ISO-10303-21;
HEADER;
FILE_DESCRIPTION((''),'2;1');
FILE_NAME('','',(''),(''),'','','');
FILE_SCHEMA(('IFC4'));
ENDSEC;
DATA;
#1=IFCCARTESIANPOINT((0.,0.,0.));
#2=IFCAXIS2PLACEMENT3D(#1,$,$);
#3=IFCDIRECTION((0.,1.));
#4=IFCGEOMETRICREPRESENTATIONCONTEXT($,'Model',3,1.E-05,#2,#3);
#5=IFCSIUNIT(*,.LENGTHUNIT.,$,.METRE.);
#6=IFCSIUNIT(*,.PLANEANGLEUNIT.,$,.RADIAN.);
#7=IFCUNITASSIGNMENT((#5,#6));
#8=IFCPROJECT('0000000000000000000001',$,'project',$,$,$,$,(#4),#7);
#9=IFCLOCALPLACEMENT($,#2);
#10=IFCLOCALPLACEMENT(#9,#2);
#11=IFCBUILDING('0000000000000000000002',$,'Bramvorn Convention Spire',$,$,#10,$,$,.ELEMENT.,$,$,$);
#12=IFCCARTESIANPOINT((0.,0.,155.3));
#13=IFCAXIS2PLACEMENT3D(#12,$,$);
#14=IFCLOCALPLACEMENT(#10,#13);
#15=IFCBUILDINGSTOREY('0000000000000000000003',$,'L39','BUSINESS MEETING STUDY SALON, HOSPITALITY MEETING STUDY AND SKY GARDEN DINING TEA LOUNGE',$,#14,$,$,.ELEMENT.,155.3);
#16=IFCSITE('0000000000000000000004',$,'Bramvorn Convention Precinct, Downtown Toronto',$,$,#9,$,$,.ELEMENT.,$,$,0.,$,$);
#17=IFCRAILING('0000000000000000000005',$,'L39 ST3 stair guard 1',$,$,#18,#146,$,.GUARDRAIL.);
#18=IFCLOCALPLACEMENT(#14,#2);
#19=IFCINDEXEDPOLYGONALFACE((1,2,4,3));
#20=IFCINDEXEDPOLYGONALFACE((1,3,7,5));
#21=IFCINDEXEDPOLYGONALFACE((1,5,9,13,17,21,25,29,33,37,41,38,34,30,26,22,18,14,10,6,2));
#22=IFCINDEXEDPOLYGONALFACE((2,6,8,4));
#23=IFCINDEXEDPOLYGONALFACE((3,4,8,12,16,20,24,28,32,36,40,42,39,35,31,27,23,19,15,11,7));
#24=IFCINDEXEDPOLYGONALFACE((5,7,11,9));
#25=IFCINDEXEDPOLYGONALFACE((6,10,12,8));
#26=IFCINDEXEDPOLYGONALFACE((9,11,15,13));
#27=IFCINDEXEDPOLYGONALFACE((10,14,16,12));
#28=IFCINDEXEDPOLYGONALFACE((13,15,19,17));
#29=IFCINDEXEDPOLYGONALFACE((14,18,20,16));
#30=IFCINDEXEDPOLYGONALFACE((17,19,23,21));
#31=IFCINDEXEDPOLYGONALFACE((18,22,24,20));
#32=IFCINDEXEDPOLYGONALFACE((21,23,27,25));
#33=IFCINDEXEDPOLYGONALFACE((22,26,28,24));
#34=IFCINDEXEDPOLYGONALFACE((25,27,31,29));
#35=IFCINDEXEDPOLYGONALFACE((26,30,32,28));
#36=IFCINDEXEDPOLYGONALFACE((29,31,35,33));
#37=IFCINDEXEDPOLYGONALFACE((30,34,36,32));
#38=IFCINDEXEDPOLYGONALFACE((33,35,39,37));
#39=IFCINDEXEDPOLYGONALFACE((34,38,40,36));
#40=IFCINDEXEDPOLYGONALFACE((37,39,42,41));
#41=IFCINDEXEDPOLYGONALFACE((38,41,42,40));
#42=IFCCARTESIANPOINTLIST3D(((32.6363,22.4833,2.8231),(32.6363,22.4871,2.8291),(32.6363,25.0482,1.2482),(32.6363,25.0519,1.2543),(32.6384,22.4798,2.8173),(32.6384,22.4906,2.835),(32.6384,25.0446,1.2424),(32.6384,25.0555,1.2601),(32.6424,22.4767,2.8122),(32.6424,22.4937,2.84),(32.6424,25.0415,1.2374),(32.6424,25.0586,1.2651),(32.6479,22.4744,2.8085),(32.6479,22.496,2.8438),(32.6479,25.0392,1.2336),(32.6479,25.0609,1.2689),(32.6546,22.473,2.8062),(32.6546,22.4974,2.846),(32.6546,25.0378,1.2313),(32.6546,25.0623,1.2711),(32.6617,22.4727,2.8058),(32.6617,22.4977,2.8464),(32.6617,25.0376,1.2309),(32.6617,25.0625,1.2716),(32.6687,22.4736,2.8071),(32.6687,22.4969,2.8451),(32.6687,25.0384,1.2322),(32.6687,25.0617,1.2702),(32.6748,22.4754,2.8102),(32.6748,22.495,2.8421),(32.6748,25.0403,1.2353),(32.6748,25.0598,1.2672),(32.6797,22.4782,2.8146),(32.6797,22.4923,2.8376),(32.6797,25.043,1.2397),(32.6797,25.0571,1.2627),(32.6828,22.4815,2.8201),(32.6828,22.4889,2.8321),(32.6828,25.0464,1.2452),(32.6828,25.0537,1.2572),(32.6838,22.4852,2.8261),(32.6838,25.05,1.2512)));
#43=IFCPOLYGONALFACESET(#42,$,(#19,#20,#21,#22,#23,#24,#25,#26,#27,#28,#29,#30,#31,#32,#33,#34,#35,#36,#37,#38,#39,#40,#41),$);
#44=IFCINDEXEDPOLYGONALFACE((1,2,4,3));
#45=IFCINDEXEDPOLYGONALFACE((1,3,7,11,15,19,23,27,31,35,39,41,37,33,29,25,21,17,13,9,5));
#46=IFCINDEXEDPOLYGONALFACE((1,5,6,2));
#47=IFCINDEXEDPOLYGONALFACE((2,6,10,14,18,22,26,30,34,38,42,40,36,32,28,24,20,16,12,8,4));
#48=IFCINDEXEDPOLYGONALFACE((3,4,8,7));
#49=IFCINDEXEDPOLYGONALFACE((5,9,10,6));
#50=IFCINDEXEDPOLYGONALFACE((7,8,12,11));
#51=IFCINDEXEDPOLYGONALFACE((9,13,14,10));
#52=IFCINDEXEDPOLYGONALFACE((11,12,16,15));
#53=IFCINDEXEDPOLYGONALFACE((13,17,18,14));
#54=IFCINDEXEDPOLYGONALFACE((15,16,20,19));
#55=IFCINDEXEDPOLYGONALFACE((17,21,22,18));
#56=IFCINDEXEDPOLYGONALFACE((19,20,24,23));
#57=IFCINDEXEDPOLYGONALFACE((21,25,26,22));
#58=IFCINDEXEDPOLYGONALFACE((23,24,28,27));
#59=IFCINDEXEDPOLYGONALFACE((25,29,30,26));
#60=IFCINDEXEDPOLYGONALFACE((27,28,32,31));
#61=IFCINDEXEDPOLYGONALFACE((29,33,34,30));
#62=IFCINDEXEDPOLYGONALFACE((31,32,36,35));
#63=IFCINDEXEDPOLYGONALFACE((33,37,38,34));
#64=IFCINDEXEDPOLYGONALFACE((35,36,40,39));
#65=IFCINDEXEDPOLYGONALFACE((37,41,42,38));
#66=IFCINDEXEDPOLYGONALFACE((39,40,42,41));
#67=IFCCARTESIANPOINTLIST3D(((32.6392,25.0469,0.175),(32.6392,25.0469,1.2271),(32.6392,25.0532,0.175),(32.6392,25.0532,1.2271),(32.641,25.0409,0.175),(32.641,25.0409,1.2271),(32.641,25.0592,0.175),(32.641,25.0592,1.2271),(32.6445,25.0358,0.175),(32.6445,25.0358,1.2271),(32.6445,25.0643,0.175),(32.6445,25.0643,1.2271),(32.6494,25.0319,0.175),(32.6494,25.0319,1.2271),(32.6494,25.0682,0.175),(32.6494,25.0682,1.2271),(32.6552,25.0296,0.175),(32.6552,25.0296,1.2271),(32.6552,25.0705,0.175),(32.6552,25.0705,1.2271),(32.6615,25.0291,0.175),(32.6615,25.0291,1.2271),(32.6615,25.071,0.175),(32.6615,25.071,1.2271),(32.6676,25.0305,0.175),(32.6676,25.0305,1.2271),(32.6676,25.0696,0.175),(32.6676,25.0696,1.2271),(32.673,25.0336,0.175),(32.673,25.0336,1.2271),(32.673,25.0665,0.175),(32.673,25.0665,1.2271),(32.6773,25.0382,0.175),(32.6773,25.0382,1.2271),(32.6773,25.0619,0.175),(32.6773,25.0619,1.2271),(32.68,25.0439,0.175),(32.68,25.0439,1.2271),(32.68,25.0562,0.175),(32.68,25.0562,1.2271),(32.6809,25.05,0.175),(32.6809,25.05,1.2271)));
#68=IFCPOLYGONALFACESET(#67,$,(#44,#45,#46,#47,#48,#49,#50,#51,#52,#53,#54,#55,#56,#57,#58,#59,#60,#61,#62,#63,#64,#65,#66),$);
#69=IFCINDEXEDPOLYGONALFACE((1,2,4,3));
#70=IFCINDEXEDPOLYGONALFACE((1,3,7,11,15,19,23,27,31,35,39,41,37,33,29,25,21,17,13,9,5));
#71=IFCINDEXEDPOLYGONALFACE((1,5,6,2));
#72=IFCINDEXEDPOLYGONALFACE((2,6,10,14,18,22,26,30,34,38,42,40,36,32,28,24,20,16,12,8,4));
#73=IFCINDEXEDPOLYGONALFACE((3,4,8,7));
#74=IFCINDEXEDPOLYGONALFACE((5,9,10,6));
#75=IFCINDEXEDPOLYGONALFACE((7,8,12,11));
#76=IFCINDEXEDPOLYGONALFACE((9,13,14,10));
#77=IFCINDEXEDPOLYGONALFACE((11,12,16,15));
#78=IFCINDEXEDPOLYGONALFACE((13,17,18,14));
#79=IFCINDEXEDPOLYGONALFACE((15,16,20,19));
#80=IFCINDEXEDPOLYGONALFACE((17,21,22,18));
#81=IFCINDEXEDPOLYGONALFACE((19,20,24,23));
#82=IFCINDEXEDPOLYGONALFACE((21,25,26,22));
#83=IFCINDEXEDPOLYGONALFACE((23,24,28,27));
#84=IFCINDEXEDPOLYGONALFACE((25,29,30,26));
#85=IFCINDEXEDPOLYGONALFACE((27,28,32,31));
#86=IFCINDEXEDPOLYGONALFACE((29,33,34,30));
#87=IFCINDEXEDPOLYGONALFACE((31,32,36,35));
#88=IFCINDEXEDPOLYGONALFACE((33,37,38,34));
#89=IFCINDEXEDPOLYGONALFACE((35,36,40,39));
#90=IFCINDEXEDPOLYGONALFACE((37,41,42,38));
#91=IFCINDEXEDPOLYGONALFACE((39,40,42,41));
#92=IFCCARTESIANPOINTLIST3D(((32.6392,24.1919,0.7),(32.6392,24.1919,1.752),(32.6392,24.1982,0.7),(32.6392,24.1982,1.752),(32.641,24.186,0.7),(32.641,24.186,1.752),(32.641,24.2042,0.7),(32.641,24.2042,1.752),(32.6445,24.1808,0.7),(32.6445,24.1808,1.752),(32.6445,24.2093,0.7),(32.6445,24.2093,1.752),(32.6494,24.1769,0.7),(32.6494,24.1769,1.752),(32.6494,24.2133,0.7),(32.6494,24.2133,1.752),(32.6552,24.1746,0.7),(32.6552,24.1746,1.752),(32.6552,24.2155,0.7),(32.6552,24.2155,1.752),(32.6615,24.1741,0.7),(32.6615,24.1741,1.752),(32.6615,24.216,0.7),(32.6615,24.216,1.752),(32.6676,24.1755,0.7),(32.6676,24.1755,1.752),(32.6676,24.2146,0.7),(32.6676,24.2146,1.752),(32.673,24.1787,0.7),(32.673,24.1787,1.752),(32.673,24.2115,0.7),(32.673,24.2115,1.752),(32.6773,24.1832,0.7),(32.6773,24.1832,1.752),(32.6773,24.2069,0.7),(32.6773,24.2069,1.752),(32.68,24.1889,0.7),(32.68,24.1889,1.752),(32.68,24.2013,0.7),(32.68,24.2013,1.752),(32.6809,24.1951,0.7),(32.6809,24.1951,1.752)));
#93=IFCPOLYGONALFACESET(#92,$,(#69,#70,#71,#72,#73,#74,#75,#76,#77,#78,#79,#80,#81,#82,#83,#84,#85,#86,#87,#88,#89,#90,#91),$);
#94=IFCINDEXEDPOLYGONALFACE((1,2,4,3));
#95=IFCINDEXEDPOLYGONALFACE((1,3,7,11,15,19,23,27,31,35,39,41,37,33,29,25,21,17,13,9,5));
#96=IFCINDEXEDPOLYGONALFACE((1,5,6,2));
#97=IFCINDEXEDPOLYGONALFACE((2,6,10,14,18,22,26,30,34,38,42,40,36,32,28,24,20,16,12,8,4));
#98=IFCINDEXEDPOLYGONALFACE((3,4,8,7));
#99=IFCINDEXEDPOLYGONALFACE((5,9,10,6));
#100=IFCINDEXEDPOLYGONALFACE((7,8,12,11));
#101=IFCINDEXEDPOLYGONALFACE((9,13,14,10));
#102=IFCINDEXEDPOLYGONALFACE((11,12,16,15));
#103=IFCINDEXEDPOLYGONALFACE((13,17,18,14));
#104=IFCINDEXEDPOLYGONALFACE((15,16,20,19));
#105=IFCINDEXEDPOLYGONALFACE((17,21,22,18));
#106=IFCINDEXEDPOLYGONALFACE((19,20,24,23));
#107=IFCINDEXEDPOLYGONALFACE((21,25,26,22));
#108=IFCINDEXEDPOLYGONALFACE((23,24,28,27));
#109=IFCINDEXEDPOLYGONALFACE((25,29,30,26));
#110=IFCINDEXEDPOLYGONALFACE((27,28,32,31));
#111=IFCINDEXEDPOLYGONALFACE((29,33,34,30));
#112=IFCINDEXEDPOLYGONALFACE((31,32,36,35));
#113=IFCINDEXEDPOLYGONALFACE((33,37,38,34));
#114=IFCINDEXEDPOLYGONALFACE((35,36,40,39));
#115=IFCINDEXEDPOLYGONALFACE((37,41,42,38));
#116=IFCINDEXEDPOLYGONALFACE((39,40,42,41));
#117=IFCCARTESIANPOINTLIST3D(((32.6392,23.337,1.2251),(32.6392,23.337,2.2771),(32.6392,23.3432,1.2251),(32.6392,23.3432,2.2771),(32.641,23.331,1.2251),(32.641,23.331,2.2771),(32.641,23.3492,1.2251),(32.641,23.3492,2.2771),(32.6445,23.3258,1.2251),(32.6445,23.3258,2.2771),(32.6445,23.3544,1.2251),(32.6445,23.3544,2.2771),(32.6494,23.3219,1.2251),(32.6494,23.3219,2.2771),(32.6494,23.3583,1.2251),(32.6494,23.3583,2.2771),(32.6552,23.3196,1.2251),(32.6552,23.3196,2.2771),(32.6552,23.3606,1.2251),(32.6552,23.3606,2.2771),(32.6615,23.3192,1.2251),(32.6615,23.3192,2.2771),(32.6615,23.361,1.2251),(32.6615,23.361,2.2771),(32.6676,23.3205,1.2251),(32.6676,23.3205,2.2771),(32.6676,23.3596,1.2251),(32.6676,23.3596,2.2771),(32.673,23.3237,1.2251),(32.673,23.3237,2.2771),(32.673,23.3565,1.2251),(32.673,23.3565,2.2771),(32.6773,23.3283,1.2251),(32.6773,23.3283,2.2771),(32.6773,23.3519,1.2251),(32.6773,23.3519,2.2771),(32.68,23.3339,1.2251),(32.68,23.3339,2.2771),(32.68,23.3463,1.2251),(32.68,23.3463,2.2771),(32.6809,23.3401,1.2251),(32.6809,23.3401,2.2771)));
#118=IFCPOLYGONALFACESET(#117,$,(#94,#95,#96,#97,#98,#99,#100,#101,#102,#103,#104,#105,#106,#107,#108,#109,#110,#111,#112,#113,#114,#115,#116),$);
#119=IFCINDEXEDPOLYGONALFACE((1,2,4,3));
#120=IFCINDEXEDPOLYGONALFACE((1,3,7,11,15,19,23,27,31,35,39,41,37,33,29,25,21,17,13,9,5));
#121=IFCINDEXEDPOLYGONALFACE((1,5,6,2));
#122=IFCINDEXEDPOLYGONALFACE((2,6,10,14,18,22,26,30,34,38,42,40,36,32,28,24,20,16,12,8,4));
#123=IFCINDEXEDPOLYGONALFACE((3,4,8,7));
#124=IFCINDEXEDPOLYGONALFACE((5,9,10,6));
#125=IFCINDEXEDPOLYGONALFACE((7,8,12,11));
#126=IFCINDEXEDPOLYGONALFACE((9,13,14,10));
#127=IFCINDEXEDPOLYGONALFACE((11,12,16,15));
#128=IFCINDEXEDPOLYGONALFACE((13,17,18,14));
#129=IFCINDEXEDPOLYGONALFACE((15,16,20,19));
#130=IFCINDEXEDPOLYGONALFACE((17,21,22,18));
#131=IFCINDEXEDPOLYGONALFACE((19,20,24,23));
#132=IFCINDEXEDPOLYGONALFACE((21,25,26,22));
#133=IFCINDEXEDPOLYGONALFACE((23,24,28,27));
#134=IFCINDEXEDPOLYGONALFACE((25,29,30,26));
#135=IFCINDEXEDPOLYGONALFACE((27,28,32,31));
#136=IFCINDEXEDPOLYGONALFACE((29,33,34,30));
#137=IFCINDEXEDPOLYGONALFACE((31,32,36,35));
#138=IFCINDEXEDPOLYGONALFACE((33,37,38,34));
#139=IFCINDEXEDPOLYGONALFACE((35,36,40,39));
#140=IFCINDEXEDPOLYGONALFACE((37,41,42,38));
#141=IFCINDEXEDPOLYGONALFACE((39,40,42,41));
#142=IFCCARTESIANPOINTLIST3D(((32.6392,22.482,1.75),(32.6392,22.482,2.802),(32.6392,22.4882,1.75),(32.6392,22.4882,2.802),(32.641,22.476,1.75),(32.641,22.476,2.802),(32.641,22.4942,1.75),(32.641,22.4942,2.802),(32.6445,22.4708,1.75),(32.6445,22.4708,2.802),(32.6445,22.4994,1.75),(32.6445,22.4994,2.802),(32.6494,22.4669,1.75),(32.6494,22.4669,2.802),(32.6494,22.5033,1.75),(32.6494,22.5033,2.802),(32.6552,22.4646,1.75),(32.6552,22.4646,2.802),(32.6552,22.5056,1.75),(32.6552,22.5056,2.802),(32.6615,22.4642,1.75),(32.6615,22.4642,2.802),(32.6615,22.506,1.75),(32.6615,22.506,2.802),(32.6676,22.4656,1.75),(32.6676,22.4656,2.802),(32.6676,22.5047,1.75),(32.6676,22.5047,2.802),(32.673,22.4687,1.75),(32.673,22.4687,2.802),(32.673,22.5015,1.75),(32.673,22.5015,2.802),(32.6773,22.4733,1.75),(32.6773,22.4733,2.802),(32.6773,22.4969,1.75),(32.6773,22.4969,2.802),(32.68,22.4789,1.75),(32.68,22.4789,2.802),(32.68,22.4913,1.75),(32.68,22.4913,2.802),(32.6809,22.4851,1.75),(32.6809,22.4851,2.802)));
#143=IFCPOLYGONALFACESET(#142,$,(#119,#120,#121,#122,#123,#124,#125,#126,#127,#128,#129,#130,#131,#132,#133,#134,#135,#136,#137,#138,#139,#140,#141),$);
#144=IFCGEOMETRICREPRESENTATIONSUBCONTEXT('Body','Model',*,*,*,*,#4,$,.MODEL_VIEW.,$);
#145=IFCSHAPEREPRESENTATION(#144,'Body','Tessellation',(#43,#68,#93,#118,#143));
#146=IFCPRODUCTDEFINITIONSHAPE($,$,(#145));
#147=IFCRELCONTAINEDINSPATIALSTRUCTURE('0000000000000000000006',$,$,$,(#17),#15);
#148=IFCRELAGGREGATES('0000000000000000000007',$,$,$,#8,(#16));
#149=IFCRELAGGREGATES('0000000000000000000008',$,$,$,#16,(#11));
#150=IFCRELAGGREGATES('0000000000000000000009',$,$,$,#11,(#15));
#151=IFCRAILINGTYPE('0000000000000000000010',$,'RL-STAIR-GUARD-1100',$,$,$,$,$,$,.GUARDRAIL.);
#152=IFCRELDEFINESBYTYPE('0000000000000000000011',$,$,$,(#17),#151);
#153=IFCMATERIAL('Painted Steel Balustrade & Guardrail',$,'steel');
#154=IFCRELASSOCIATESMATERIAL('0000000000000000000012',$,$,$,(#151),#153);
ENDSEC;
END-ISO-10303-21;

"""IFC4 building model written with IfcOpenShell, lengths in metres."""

from ifc_helpers import new_model, si_unit, direction, frame, origin, origin_2d, place, context, subcontext, project, spatial, circle, extrude, material, type_object, element, save


model = new_model("IFC4")

# Units and contexts
model_context = context("Model", 3, precision=1e-05, world=origin(), true_north=direction((0.0, 1.0)))
body_context = subcontext(model_context, "Body", "Model", "MODEL_VIEW")
ifc_project = project(units=[si_unit("LENGTHUNIT", "METRE"), si_unit("PLANEANGLEUNIT", "RADIAN")], contexts=[model_context])

# Site, building, storey
site_placement = place(None, origin())
site = spatial("IfcSite", under=ifc_project, at=site_placement, Name="Bramvorn Convention Precinct, Downtown Toronto", CompositionType="ELEMENT", RefElevation=0.0)
building_placement = place(site_placement, origin())
building = spatial("IfcBuilding", under=site, at=building_placement, Name="Bramvorn Convention Spire", CompositionType="ELEMENT")
storey_placement = place(building_placement, frame((0.0, 0.0, 155.3)))
storey = spatial("IfcBuildingStorey", under=building, at=storey_placement, Name="L39", Description="BUSINESS MEETING STUDY SALON, HOSPITALITY MEETING STUDY AND SKY GARDEN DINING TEA LOUNGE", CompositionType="ELEMENT", Elevation=155.3)

# Railing
ifc_material_1 = material(Name="Painted Steel Balustrade & Guardrail", Category="steel")
railing_type_1 = type_object("IfcRailingType", Name="RL-STAIR-GUARD-1100", PredefinedType="GUARDRAIL", material=ifc_material_1)
railing_1_placement = place(storey_placement, frame((32.6599, 25.05, 0.175)))
element("IfcRailing", 1, at=railing_1_placement, inside=storey, type_object=railing_type_1, Name="L39 ST3 stair guard 1", PredefinedType="GUARDRAIL", context=body_context, shape_type="SweptSolid", body=[
    extrude(circle(Radius=0.0239, at=origin_2d()), frame((0.0, 0.0, 1.0762), z_axis=(0.0, -0.852173, 0.52326), x_axis=(1.0, 0.0, 0.0)), (0.0, 0.0, 1.0), 3.0098),
    extrude(circle(Radius=0.021, at=origin_2d()), origin(), (0.0, 0.0, 1.0), 1.052),
    extrude(circle(Radius=0.021, at=origin_2d()), frame((0.0, -0.855, 0.5249)), (0.0, 0.0, 1.0), 1.052),
    extrude(circle(Radius=0.021, at=origin_2d()), frame((0.0, -1.71, 1.05)), (0.0, 0.0, 1.0), 1.052),
    extrude(circle(Radius=0.021, at=origin_2d()), frame((0.0, -2.5649, 1.575)), (0.0, 0.0, 1.0), 1.052),
])

save(model, "model.ifc")
